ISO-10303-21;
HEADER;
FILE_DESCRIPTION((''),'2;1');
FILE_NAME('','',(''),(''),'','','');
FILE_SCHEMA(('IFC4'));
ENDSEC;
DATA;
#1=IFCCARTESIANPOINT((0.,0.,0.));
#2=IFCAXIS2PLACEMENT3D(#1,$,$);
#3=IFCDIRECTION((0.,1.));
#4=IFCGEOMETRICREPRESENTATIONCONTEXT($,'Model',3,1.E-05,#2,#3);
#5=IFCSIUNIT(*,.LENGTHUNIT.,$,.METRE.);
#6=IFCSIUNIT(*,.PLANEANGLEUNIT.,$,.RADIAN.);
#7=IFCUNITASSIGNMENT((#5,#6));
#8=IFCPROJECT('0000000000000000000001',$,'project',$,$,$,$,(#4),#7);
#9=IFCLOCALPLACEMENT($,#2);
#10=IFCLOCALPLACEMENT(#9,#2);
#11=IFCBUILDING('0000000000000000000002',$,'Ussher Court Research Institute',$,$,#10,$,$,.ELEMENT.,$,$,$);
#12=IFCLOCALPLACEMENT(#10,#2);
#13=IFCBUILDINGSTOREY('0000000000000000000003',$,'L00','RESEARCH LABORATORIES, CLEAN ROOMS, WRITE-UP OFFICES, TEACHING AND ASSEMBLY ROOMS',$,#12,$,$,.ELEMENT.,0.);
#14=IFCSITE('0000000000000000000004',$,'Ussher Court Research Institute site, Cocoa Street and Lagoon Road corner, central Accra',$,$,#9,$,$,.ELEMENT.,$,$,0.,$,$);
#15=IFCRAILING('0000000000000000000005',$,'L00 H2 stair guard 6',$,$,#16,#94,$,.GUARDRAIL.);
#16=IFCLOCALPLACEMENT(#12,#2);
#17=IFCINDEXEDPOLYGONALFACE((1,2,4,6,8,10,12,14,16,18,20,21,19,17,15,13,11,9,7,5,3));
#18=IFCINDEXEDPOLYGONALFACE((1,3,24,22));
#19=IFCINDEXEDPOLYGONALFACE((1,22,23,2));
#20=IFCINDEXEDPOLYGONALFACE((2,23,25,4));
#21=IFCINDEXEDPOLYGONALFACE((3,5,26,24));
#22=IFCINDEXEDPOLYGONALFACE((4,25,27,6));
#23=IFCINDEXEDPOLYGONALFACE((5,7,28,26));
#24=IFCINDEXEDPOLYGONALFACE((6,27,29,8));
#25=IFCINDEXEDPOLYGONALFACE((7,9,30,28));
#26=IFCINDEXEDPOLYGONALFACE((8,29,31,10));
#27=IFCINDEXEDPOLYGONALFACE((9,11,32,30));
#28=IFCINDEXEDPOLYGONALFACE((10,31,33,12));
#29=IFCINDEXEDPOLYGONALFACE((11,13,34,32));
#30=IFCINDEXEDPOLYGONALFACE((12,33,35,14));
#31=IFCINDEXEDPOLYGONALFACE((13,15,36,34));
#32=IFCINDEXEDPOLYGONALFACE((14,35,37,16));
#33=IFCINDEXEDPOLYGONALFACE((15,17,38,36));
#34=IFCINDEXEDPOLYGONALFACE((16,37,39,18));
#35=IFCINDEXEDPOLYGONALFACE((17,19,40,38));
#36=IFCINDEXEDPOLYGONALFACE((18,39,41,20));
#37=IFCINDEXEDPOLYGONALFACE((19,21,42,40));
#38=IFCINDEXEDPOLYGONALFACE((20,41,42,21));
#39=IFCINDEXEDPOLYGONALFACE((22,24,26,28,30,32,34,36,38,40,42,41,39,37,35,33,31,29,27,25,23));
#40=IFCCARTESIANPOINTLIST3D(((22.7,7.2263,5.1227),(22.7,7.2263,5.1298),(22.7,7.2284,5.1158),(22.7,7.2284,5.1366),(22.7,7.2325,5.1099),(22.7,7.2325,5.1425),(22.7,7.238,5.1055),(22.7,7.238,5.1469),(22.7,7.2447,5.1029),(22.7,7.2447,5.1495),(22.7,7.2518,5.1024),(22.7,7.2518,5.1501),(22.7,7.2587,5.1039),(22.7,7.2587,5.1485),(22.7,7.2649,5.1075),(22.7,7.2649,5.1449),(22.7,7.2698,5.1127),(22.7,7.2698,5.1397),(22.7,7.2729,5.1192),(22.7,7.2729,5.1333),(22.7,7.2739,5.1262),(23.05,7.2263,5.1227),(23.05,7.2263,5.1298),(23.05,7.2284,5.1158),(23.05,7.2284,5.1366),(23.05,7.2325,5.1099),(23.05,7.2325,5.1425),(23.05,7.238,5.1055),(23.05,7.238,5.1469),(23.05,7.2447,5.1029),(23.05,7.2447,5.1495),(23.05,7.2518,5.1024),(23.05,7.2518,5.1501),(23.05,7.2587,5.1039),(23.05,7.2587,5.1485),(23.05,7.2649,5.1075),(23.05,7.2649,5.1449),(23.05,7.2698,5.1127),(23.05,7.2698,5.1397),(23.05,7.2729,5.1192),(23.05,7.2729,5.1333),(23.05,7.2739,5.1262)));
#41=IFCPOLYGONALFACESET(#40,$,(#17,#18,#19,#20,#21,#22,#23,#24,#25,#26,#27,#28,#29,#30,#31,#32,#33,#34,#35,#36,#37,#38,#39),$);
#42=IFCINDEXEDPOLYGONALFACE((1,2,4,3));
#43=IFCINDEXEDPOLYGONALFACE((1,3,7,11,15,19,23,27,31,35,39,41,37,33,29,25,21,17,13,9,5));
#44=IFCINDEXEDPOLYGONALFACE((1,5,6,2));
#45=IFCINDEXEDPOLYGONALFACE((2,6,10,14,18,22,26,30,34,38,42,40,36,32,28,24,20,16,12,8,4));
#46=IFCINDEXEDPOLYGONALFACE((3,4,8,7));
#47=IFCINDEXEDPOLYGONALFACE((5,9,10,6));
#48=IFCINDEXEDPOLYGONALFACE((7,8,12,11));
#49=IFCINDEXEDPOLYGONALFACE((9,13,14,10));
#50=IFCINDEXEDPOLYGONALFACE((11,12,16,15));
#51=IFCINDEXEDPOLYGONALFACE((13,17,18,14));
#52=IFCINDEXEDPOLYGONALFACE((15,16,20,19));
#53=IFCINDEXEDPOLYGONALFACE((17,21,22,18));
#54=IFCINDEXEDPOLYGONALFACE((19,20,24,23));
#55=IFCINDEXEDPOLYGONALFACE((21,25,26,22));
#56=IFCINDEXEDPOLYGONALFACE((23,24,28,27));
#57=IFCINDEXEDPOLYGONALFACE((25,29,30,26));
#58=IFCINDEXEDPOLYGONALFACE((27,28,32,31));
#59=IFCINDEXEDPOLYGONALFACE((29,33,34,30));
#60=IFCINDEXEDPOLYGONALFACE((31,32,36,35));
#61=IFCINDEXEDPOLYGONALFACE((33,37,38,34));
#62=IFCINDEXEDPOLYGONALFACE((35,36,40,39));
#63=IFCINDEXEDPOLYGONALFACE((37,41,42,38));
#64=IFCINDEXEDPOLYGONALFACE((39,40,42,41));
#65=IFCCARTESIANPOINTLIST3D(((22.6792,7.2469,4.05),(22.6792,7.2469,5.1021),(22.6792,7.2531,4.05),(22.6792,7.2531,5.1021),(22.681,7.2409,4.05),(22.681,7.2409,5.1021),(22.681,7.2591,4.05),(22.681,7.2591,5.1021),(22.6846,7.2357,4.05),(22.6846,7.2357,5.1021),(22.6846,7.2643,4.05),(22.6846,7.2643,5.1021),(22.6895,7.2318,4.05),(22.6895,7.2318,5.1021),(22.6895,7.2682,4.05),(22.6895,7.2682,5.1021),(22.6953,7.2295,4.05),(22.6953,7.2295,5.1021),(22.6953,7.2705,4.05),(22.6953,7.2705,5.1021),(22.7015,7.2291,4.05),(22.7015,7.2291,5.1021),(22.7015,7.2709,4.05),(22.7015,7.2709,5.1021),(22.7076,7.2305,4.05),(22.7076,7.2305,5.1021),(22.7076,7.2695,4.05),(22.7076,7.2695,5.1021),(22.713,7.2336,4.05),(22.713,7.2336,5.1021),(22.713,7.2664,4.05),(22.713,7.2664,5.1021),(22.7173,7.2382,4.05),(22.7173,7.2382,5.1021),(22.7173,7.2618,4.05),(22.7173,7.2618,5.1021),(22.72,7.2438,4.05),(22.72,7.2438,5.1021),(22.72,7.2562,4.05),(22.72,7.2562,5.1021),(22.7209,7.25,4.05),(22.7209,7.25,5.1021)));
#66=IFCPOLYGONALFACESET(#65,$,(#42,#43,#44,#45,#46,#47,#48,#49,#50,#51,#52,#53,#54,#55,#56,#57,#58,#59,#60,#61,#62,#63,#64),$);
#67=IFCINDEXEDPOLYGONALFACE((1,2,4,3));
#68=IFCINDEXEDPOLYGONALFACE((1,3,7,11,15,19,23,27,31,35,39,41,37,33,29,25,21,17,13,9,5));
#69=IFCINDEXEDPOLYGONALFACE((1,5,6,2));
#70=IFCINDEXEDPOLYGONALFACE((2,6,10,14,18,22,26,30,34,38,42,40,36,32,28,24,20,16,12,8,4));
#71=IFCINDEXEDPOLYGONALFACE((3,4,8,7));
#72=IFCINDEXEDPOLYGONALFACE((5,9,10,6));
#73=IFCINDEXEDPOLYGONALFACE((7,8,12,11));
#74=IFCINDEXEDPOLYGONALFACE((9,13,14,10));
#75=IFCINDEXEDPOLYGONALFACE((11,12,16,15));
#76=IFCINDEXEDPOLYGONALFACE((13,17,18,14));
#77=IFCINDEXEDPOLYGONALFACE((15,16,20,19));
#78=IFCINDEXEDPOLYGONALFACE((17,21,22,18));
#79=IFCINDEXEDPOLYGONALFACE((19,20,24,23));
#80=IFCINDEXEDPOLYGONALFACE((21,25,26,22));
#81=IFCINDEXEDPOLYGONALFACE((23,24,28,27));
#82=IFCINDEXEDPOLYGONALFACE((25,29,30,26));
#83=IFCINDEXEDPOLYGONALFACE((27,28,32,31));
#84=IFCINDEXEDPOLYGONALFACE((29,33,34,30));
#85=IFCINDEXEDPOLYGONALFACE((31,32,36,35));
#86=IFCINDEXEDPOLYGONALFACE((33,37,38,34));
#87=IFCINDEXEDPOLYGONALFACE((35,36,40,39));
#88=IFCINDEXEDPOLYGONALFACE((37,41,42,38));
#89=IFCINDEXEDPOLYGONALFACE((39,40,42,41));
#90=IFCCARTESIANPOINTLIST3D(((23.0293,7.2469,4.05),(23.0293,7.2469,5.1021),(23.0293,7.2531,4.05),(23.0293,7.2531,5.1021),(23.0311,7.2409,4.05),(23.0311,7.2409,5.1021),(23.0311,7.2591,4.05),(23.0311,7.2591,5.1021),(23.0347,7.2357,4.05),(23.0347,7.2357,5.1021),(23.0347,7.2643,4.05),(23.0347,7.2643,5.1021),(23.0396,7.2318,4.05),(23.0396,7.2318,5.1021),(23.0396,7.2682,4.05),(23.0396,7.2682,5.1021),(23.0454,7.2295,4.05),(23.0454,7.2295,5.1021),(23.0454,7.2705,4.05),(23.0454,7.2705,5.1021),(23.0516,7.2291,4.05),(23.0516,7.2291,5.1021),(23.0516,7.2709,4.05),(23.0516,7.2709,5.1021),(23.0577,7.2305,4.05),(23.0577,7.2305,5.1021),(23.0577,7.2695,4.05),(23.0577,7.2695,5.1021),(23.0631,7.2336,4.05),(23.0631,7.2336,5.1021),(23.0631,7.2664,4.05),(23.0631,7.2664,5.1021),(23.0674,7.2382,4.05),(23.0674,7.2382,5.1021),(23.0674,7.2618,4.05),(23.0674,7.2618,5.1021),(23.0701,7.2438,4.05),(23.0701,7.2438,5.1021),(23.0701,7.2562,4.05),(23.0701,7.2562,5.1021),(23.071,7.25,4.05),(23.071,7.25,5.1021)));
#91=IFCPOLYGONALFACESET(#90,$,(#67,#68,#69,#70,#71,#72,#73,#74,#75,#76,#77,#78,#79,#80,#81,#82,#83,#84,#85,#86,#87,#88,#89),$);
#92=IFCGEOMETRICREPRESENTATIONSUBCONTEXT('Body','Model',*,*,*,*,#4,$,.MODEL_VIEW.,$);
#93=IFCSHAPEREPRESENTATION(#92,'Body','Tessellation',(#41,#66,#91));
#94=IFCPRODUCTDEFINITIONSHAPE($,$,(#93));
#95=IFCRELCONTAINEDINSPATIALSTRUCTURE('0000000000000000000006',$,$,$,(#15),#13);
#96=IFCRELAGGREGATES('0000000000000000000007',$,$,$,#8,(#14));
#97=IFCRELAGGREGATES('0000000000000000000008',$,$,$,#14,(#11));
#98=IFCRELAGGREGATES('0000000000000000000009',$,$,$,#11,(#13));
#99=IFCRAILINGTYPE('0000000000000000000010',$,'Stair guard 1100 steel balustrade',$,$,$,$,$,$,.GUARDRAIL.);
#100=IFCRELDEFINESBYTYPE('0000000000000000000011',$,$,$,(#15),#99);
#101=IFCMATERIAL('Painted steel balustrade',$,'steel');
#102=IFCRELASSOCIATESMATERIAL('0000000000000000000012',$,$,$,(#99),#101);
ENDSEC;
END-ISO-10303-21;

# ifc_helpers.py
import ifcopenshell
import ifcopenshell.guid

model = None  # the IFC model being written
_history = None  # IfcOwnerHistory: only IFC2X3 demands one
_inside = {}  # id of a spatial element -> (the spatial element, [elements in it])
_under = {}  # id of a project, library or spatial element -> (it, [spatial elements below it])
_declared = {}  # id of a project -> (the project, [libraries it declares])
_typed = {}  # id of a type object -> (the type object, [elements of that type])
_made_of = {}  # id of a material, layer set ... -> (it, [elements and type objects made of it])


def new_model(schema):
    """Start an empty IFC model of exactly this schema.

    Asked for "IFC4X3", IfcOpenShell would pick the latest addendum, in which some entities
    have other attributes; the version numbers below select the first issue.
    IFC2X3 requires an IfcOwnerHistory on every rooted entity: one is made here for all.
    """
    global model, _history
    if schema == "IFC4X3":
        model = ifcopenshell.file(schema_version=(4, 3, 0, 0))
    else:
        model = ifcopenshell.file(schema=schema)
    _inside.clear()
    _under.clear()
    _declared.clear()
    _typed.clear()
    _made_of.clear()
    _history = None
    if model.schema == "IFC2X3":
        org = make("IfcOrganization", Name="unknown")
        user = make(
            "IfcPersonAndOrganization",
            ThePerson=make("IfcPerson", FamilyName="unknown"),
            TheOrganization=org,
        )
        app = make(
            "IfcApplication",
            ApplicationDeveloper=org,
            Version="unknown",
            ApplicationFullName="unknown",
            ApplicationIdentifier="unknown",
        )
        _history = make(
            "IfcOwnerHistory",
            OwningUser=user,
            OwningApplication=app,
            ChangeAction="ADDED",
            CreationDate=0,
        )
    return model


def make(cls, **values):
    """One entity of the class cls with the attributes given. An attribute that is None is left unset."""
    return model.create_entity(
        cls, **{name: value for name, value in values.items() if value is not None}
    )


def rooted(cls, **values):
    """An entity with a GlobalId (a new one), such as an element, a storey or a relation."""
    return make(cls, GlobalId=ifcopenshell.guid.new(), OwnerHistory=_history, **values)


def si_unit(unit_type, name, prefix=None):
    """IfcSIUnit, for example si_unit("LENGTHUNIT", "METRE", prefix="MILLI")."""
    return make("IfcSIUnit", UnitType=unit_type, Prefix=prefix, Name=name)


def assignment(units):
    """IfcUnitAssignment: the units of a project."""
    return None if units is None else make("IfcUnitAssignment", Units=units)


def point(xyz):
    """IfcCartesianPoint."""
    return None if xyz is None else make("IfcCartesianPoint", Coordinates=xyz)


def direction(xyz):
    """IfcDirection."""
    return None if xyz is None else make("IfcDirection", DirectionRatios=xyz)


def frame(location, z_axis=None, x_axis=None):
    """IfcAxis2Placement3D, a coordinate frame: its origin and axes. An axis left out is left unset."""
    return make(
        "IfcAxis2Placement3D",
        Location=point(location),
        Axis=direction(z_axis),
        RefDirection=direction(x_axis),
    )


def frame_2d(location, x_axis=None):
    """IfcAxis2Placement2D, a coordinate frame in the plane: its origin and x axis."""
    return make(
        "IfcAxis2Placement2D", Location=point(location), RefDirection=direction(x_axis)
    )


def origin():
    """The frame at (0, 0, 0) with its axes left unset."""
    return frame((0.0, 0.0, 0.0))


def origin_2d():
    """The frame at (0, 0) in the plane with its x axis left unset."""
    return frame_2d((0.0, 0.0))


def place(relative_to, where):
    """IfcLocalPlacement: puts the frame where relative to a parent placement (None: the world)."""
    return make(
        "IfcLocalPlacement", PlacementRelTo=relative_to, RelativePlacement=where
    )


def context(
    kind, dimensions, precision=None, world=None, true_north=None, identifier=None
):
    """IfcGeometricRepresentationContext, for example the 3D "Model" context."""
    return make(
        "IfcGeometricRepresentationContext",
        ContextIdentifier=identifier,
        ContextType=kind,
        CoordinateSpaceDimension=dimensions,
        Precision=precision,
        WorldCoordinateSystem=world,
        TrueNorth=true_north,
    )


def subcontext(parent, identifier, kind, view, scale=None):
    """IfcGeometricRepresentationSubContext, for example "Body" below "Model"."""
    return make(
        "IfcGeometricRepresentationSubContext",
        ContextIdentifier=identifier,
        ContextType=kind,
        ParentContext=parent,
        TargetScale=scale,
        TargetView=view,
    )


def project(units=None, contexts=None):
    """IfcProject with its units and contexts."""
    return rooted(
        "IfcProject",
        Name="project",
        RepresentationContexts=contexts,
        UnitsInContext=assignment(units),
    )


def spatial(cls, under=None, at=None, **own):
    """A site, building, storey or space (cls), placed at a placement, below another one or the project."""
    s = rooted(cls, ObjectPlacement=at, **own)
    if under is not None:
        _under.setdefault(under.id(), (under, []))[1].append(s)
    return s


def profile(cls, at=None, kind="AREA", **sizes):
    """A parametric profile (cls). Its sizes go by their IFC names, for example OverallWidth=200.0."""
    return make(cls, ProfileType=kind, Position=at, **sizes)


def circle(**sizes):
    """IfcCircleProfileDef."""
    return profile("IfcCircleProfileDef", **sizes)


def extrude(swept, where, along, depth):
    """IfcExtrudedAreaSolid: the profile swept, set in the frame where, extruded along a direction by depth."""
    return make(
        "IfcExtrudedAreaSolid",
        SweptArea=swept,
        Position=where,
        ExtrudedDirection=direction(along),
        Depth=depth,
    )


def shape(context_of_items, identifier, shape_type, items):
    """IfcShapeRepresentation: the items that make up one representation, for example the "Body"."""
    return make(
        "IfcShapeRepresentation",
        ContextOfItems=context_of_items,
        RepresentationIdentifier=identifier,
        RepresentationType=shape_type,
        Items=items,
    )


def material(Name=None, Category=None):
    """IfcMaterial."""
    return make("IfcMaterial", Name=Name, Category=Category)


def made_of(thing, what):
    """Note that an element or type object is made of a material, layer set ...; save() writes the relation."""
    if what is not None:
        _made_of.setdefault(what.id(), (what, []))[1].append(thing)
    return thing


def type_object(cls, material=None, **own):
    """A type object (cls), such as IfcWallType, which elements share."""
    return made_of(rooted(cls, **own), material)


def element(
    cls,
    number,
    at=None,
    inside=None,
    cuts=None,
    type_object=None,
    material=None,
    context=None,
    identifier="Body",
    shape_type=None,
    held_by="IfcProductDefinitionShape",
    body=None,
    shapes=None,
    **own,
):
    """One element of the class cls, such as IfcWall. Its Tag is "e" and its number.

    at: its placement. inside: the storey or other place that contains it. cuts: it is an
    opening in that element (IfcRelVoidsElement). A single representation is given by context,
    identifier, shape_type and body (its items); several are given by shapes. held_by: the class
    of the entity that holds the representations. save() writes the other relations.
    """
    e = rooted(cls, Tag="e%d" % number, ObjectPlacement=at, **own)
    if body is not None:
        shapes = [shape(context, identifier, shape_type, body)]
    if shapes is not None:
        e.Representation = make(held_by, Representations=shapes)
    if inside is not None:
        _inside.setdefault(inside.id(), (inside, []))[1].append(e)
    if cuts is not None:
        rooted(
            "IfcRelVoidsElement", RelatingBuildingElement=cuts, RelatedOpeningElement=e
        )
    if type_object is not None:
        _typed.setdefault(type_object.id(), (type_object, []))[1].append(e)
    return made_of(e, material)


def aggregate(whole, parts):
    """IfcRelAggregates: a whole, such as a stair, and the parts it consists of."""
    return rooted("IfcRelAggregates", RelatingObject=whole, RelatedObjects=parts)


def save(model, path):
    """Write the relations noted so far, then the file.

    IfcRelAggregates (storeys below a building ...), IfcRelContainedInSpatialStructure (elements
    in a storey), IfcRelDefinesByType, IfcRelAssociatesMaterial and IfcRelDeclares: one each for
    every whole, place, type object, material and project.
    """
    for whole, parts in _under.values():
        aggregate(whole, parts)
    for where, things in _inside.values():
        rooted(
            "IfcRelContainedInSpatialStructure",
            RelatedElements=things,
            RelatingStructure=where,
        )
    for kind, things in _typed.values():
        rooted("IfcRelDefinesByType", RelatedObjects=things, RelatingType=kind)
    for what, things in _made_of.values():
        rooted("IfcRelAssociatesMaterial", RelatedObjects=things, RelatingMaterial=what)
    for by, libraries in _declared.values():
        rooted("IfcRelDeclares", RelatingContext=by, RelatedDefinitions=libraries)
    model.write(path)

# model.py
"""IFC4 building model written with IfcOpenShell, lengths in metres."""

from ifc_helpers import new_model, si_unit, direction, frame, origin, origin_2d, place, context, subcontext, project, spatial, circle, extrude, material, type_object, element, save


model = new_model("IFC4")

# Units and contexts
model_context = context("Model", 3, precision=1e-05, world=origin(), true_north=direction((0.0, 1.0)))
body_context = subcontext(model_context, "Body", "Model", "MODEL_VIEW")
ifc_project = project(units=[si_unit("LENGTHUNIT", "METRE"), si_unit("PLANEANGLEUNIT", "RADIAN")], contexts=[model_context])

# Site, building, storey
site_placement = place(None, origin())
site = spatial("IfcSite", under=ifc_project, at=site_placement, Name="Ussher Court Research Institute site, Cocoa Street and Lagoon Road corner, central Accra", CompositionType="ELEMENT", RefElevation=0.0)
building_placement = place(site_placement, origin())
building = spatial("IfcBuilding", under=site, at=building_placement, Name="Ussher Court Research Institute", CompositionType="ELEMENT")
storey_placement = place(building_placement, origin())
storey = spatial("IfcBuildingStorey", under=building, at=storey_placement, Name="L00", Description="RESEARCH LABORATORIES, CLEAN ROOMS, WRITE-UP OFFICES, TEACHING AND ASSEMBLY ROOMS", CompositionType="ELEMENT", Elevation=0.0)

# Railing
ifc_material_1 = material(Name="Painted steel balustrade", Category="steel")
railing_type_1 = type_object("IfcRailingType", Name="Stair guard 1100 steel balustrade", PredefinedType="GUARDRAIL", material=ifc_material_1)
railing_1_placement = place(storey_placement, frame((22.7, 7.25, 4.05)))
element("IfcRailing", 1, at=railing_1_placement, inside=storey, type_object=railing_type_1, Name="L00 H2 stair guard 6", PredefinedType="GUARDRAIL", context=body_context, shape_type="SweptSolid", body=[
    extrude(circle(Radius=0.0239, at=origin_2d()), frame((0.0, 0.0, 1.0762), z_axis=(1.0, 0.0, 0.0), x_axis=(0.0, 1.0, 0.0)), (0.0, 0.0, 1.0), 0.3501),
    extrude(circle(Radius=0.021, at=origin_2d()), origin(), (0.0, 0.0, 1.0), 1.052),
    extrude(circle(Radius=0.021, at=origin_2d()), frame((0.3501, 0.0, 0.0)), (0.0, 0.0, 1.0), 1.052),
])

save(model, "model.ifc")
